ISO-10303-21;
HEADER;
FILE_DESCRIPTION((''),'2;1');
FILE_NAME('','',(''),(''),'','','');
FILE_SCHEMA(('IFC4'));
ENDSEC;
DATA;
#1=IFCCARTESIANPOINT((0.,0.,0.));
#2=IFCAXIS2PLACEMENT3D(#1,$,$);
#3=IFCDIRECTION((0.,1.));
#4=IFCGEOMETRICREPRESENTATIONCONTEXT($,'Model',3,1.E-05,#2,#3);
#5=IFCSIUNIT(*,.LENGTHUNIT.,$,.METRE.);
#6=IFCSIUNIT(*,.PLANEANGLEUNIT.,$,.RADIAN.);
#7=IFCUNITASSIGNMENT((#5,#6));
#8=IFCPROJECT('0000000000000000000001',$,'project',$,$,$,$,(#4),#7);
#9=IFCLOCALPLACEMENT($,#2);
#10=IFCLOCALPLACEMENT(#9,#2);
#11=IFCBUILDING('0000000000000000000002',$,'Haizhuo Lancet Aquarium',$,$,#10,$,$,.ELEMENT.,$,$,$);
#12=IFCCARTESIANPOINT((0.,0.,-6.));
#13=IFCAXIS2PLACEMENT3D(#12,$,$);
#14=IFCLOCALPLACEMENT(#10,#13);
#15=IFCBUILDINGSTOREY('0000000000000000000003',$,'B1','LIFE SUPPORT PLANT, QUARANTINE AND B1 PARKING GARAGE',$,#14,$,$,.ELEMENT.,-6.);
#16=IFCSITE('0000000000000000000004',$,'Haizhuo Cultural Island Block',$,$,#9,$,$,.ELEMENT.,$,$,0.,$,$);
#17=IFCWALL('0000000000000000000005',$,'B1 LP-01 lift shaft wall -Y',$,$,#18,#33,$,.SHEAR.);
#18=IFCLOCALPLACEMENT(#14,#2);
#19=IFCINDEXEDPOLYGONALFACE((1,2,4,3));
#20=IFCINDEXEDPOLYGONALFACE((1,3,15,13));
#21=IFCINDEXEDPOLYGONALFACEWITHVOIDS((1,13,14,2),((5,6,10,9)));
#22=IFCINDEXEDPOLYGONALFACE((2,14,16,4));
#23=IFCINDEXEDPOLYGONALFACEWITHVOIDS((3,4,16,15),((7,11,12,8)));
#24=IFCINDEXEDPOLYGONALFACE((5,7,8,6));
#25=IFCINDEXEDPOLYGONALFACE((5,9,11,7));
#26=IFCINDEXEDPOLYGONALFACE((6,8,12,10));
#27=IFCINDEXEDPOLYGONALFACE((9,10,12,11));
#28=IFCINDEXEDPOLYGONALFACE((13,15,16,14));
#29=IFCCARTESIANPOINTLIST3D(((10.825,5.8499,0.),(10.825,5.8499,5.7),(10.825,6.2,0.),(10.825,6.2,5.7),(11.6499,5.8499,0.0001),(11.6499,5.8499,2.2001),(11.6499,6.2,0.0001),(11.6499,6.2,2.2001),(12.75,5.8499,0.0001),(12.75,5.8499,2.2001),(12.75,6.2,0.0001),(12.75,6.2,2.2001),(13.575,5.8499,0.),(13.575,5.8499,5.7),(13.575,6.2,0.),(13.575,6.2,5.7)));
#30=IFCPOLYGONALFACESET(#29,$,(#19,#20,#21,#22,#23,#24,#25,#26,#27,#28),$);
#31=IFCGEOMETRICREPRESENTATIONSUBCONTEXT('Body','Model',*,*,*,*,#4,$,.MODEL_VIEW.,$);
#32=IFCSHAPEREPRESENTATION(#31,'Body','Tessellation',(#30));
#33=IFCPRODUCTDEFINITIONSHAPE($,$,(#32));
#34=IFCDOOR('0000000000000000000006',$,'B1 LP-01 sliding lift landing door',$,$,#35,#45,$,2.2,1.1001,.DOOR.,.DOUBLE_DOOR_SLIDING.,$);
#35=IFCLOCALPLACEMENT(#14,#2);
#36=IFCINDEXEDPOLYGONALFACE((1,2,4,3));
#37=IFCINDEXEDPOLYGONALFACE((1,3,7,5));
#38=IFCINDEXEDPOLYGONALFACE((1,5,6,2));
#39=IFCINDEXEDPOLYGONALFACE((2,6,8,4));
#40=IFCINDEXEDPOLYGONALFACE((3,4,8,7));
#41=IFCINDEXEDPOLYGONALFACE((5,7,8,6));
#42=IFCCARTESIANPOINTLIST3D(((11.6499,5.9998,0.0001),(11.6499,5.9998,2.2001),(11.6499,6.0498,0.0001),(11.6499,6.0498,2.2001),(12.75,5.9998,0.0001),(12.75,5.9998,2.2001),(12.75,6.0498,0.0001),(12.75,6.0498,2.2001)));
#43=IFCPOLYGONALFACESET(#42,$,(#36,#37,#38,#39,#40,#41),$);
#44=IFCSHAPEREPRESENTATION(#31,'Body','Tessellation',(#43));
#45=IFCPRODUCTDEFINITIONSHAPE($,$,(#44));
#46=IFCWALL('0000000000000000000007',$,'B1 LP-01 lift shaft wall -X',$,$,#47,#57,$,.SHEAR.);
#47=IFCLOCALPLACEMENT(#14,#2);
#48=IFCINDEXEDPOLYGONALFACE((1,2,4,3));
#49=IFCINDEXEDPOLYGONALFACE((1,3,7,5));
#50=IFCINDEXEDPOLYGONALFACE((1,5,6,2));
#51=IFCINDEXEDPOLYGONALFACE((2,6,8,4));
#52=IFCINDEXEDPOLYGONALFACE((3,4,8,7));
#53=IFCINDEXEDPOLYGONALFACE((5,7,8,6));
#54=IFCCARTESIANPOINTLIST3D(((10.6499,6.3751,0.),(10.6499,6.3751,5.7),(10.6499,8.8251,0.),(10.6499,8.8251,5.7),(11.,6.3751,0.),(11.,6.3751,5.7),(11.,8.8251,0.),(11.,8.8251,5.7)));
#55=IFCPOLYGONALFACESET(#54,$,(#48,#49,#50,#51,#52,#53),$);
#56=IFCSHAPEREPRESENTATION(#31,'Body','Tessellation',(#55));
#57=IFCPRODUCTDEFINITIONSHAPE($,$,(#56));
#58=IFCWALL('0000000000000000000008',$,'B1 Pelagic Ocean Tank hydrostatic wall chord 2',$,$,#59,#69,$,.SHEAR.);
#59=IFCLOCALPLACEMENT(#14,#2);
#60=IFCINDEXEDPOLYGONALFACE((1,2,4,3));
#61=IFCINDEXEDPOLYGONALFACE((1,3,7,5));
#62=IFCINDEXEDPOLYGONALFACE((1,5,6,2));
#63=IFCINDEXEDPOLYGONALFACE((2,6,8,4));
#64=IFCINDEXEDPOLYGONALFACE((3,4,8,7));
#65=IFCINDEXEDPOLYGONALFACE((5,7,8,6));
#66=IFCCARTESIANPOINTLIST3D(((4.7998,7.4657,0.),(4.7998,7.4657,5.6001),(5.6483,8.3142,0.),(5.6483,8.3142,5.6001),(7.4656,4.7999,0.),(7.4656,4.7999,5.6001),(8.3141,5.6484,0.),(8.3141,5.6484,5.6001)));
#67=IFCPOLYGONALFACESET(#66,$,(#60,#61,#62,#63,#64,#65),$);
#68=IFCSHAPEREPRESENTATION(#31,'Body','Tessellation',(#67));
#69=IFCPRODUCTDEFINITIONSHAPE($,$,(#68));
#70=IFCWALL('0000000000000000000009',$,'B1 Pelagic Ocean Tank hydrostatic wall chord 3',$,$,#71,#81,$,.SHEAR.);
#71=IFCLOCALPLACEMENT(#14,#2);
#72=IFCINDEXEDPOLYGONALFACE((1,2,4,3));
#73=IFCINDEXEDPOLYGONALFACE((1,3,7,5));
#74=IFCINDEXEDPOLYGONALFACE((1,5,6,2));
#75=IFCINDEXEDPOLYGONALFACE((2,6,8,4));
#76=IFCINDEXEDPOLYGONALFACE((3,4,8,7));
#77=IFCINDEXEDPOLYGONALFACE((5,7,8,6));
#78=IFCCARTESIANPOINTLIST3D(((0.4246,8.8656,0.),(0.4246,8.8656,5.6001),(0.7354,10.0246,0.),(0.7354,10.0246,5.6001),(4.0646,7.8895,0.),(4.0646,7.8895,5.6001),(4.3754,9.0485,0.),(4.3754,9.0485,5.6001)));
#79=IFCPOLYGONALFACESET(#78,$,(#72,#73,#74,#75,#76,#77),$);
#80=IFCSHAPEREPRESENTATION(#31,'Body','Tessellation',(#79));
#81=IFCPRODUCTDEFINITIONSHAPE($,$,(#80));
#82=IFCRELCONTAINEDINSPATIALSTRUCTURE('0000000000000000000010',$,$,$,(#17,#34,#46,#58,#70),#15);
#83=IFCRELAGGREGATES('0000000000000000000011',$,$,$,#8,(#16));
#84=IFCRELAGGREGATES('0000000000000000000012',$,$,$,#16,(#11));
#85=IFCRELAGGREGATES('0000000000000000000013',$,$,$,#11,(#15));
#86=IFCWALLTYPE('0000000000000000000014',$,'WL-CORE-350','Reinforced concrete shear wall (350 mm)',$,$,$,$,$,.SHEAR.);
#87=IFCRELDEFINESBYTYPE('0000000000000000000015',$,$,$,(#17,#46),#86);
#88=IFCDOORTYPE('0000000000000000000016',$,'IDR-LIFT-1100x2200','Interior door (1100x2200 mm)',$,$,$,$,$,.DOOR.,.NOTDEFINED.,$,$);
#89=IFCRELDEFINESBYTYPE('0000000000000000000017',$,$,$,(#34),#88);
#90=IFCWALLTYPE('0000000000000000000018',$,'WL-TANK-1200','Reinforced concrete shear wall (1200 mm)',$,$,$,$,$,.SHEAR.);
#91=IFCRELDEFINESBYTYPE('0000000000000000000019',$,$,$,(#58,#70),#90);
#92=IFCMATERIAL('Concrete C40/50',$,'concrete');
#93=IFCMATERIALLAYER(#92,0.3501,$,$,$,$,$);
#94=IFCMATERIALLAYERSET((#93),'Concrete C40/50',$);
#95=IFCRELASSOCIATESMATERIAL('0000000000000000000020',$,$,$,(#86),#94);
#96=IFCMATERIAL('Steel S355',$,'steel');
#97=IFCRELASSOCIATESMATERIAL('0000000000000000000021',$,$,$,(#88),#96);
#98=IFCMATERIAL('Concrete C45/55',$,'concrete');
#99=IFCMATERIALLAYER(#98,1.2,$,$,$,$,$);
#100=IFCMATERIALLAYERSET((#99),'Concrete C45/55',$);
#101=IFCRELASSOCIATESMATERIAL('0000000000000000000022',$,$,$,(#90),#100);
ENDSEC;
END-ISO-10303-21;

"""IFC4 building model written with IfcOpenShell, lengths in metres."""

from ifc_helpers import new_model, si_unit, direction, frame, frame_2d, origin, place, context, subcontext, project, spatial, rectangle, extrude, material, layer, layer_set, type_object, element, fill, save


model = new_model("IFC4")

# Units and contexts
model_context = context("Model", 3, precision=1e-05, world=origin(), true_north=direction((0.0, 1.0)))
body_context = subcontext(model_context, "Body", "Model", "MODEL_VIEW")
ifc_project = project(units=[si_unit("LENGTHUNIT", "METRE"), si_unit("PLANEANGLEUNIT", "RADIAN")], contexts=[model_context])

# Site, building, storey
site_placement = place(None, origin())
site = spatial("IfcSite", under=ifc_project, at=site_placement, Name="Haizhuo Cultural Island Block", CompositionType="ELEMENT", RefElevation=0.0)
building_placement = place(site_placement, origin())
building = spatial("IfcBuilding", under=site, at=building_placement, Name="Haizhuo Lancet Aquarium", CompositionType="ELEMENT")
storey_placement = place(building_placement, frame((0.0, 0.0, -6.0)))
storey = spatial("IfcBuildingStorey", under=building, at=storey_placement, Name="B1", Description="LIFE SUPPORT PLANT, QUARANTINE AND B1 PARKING GARAGE", CompositionType="ELEMENT", Elevation=-6.0)

# Shared definitions
ifc_material_1 = material(Name="Concrete C40/50", Category="concrete")

# Shared definitions
ifc_material_2 = material(Name="Steel S355", Category="steel")

# Shared definitions
ifc_layer_1 = layer(ifc_material_1, 0.3501)
ifc_layer_set_1 = layer_set([ifc_layer_1], Name="Concrete C40/50")
wall_type_1 = type_object("IfcWallType", Name="WL-CORE-350", Description="Reinforced concrete shear wall (350 mm)", PredefinedType="SHEAR", material=ifc_layer_set_1)

# Wall, opening, door
wall_1_placement = place(storey_placement, frame((10.825, 6.0249, 0.0), z_axis=(0.0, 0.0, 1.0), x_axis=(1.0, 0.0, 0.0)))
wall_1 = element("IfcWall", 1, at=wall_1_placement, inside=storey, type_object=wall_type_1, Name="B1 LP-01 lift shaft wall -Y", PredefinedType="SHEAR", context=body_context, shape_type="SweptSolid", body=[
    extrude(rectangle(XDim=2.75, YDim=0.3501, at=frame_2d((1.375, 0.0))), origin(), (0.0, 0.0, 1.0), 5.7),
])
opening_1_placement = place(wall_1_placement, frame((0.825, 0.0, 0.0)))
opening_1 = element("IfcOpeningElement", 2, at=opening_1_placement, cuts=wall_1, PredefinedType="OPENING", context=body_context, shape_type="SweptSolid", body=[
    extrude(rectangle(XDim=1.1001, YDim=2.2, at=frame_2d((0.55, 1.1001))), frame((0.0, 0.1851, 0.0), z_axis=(0.0, -1.0, 0.0), x_axis=(1.0, 0.0, 0.0)), (0.0, 0.0, 1.0), 0.3701),
])
door_type_1 = type_object("IfcDoorType", Name="IDR-LIFT-1100x2200", Description="Interior door (1100x2200 mm)", OperationType="NOTDEFINED", PredefinedType="DOOR", material=ifc_material_2)
door_1_placement = place(opening_1_placement, origin())
door_1 = element("IfcDoor", 3, at=door_1_placement, inside=storey, type_object=door_type_1, Name="B1 LP-01 sliding lift landing door", OperationType="DOUBLE_DOOR_SLIDING", OverallHeight=2.2, OverallWidth=1.1001, PredefinedType="DOOR", context=body_context, shape_type="SweptSolid", body=[
    extrude(rectangle(XDim=1.1001, YDim=2.2, at=frame_2d((0.55, 1.1001))), frame((0.0, 0.0249, 0.0), z_axis=(0.0, -1.0, 0.0), x_axis=(1.0, 0.0, 0.0)), (0.0, 0.0, 1.0), 0.05),
])
fill(opening_1, door_1)

# Walls
wall_2_placement = place(storey_placement, frame((10.825, 6.375, 0.0), z_axis=(0.0, 0.0, 1.0), x_axis=(0.0, 1.0, 0.0)))
element("IfcWall", 4, at=wall_2_placement, inside=storey, type_object=wall_type_1, Name="B1 LP-01 lift shaft wall -X", PredefinedType="SHEAR", context=body_context, shape_type="SweptSolid", body=[
    extrude(rectangle(XDim=2.45, YDim=0.3501, at=frame_2d((1.2251, 0.0))), origin(), (0.0, 0.0, 1.0), 5.7),
])
ifc_material_3 = material(Name="Concrete C45/55", Category="concrete")
ifc_layer_2 = layer(ifc_material_3, 1.2)
ifc_layer_set_2 = layer_set([ifc_layer_2], Name="Concrete C45/55")
wall_type_2 = type_object("IfcWallType", Name="WL-TANK-1200", Description="Reinforced concrete shear wall (1200 mm)", PredefinedType="SHEAR", material=ifc_layer_set_2)
wall_3_placement = place(storey_placement, frame((7.8899, 5.2241, 0.0), z_axis=(0.0, 0.0, 1.0), x_axis=(-0.707107, 0.707107, 0.0)))
element("IfcWall", 5, at=wall_3_placement, inside=storey, type_object=wall_type_2, Name="B1 Pelagic Ocean Tank hydrostatic wall chord 2", PredefinedType="SHEAR", context=body_context, shape_type="SweptSolid", body=[
    extrude(rectangle(XDim=3.77, YDim=1.2, at=frame_2d((1.885, 0.0))), origin(), (0.0, 0.0, 1.0), 5.6001),
])
wall_4_placement = place(storey_placement, frame((4.22, 8.469, 0.0), z_axis=(0.0, 0.0, 1.0), x_axis=(-0.965875, 0.259009, 0.0)))
element("IfcWall", 6, at=wall_4_placement, inside=storey, type_object=wall_type_2, Name="B1 Pelagic Ocean Tank hydrostatic wall chord 3", PredefinedType="SHEAR", context=body_context, shape_type="SweptSolid", body=[
    extrude(rectangle(XDim=3.7686, YDim=1.2, at=frame_2d((1.8843, 0.0))), origin(), (0.0, 0.0, 1.0), 5.6001),
])

save(model, "model.ifc")
